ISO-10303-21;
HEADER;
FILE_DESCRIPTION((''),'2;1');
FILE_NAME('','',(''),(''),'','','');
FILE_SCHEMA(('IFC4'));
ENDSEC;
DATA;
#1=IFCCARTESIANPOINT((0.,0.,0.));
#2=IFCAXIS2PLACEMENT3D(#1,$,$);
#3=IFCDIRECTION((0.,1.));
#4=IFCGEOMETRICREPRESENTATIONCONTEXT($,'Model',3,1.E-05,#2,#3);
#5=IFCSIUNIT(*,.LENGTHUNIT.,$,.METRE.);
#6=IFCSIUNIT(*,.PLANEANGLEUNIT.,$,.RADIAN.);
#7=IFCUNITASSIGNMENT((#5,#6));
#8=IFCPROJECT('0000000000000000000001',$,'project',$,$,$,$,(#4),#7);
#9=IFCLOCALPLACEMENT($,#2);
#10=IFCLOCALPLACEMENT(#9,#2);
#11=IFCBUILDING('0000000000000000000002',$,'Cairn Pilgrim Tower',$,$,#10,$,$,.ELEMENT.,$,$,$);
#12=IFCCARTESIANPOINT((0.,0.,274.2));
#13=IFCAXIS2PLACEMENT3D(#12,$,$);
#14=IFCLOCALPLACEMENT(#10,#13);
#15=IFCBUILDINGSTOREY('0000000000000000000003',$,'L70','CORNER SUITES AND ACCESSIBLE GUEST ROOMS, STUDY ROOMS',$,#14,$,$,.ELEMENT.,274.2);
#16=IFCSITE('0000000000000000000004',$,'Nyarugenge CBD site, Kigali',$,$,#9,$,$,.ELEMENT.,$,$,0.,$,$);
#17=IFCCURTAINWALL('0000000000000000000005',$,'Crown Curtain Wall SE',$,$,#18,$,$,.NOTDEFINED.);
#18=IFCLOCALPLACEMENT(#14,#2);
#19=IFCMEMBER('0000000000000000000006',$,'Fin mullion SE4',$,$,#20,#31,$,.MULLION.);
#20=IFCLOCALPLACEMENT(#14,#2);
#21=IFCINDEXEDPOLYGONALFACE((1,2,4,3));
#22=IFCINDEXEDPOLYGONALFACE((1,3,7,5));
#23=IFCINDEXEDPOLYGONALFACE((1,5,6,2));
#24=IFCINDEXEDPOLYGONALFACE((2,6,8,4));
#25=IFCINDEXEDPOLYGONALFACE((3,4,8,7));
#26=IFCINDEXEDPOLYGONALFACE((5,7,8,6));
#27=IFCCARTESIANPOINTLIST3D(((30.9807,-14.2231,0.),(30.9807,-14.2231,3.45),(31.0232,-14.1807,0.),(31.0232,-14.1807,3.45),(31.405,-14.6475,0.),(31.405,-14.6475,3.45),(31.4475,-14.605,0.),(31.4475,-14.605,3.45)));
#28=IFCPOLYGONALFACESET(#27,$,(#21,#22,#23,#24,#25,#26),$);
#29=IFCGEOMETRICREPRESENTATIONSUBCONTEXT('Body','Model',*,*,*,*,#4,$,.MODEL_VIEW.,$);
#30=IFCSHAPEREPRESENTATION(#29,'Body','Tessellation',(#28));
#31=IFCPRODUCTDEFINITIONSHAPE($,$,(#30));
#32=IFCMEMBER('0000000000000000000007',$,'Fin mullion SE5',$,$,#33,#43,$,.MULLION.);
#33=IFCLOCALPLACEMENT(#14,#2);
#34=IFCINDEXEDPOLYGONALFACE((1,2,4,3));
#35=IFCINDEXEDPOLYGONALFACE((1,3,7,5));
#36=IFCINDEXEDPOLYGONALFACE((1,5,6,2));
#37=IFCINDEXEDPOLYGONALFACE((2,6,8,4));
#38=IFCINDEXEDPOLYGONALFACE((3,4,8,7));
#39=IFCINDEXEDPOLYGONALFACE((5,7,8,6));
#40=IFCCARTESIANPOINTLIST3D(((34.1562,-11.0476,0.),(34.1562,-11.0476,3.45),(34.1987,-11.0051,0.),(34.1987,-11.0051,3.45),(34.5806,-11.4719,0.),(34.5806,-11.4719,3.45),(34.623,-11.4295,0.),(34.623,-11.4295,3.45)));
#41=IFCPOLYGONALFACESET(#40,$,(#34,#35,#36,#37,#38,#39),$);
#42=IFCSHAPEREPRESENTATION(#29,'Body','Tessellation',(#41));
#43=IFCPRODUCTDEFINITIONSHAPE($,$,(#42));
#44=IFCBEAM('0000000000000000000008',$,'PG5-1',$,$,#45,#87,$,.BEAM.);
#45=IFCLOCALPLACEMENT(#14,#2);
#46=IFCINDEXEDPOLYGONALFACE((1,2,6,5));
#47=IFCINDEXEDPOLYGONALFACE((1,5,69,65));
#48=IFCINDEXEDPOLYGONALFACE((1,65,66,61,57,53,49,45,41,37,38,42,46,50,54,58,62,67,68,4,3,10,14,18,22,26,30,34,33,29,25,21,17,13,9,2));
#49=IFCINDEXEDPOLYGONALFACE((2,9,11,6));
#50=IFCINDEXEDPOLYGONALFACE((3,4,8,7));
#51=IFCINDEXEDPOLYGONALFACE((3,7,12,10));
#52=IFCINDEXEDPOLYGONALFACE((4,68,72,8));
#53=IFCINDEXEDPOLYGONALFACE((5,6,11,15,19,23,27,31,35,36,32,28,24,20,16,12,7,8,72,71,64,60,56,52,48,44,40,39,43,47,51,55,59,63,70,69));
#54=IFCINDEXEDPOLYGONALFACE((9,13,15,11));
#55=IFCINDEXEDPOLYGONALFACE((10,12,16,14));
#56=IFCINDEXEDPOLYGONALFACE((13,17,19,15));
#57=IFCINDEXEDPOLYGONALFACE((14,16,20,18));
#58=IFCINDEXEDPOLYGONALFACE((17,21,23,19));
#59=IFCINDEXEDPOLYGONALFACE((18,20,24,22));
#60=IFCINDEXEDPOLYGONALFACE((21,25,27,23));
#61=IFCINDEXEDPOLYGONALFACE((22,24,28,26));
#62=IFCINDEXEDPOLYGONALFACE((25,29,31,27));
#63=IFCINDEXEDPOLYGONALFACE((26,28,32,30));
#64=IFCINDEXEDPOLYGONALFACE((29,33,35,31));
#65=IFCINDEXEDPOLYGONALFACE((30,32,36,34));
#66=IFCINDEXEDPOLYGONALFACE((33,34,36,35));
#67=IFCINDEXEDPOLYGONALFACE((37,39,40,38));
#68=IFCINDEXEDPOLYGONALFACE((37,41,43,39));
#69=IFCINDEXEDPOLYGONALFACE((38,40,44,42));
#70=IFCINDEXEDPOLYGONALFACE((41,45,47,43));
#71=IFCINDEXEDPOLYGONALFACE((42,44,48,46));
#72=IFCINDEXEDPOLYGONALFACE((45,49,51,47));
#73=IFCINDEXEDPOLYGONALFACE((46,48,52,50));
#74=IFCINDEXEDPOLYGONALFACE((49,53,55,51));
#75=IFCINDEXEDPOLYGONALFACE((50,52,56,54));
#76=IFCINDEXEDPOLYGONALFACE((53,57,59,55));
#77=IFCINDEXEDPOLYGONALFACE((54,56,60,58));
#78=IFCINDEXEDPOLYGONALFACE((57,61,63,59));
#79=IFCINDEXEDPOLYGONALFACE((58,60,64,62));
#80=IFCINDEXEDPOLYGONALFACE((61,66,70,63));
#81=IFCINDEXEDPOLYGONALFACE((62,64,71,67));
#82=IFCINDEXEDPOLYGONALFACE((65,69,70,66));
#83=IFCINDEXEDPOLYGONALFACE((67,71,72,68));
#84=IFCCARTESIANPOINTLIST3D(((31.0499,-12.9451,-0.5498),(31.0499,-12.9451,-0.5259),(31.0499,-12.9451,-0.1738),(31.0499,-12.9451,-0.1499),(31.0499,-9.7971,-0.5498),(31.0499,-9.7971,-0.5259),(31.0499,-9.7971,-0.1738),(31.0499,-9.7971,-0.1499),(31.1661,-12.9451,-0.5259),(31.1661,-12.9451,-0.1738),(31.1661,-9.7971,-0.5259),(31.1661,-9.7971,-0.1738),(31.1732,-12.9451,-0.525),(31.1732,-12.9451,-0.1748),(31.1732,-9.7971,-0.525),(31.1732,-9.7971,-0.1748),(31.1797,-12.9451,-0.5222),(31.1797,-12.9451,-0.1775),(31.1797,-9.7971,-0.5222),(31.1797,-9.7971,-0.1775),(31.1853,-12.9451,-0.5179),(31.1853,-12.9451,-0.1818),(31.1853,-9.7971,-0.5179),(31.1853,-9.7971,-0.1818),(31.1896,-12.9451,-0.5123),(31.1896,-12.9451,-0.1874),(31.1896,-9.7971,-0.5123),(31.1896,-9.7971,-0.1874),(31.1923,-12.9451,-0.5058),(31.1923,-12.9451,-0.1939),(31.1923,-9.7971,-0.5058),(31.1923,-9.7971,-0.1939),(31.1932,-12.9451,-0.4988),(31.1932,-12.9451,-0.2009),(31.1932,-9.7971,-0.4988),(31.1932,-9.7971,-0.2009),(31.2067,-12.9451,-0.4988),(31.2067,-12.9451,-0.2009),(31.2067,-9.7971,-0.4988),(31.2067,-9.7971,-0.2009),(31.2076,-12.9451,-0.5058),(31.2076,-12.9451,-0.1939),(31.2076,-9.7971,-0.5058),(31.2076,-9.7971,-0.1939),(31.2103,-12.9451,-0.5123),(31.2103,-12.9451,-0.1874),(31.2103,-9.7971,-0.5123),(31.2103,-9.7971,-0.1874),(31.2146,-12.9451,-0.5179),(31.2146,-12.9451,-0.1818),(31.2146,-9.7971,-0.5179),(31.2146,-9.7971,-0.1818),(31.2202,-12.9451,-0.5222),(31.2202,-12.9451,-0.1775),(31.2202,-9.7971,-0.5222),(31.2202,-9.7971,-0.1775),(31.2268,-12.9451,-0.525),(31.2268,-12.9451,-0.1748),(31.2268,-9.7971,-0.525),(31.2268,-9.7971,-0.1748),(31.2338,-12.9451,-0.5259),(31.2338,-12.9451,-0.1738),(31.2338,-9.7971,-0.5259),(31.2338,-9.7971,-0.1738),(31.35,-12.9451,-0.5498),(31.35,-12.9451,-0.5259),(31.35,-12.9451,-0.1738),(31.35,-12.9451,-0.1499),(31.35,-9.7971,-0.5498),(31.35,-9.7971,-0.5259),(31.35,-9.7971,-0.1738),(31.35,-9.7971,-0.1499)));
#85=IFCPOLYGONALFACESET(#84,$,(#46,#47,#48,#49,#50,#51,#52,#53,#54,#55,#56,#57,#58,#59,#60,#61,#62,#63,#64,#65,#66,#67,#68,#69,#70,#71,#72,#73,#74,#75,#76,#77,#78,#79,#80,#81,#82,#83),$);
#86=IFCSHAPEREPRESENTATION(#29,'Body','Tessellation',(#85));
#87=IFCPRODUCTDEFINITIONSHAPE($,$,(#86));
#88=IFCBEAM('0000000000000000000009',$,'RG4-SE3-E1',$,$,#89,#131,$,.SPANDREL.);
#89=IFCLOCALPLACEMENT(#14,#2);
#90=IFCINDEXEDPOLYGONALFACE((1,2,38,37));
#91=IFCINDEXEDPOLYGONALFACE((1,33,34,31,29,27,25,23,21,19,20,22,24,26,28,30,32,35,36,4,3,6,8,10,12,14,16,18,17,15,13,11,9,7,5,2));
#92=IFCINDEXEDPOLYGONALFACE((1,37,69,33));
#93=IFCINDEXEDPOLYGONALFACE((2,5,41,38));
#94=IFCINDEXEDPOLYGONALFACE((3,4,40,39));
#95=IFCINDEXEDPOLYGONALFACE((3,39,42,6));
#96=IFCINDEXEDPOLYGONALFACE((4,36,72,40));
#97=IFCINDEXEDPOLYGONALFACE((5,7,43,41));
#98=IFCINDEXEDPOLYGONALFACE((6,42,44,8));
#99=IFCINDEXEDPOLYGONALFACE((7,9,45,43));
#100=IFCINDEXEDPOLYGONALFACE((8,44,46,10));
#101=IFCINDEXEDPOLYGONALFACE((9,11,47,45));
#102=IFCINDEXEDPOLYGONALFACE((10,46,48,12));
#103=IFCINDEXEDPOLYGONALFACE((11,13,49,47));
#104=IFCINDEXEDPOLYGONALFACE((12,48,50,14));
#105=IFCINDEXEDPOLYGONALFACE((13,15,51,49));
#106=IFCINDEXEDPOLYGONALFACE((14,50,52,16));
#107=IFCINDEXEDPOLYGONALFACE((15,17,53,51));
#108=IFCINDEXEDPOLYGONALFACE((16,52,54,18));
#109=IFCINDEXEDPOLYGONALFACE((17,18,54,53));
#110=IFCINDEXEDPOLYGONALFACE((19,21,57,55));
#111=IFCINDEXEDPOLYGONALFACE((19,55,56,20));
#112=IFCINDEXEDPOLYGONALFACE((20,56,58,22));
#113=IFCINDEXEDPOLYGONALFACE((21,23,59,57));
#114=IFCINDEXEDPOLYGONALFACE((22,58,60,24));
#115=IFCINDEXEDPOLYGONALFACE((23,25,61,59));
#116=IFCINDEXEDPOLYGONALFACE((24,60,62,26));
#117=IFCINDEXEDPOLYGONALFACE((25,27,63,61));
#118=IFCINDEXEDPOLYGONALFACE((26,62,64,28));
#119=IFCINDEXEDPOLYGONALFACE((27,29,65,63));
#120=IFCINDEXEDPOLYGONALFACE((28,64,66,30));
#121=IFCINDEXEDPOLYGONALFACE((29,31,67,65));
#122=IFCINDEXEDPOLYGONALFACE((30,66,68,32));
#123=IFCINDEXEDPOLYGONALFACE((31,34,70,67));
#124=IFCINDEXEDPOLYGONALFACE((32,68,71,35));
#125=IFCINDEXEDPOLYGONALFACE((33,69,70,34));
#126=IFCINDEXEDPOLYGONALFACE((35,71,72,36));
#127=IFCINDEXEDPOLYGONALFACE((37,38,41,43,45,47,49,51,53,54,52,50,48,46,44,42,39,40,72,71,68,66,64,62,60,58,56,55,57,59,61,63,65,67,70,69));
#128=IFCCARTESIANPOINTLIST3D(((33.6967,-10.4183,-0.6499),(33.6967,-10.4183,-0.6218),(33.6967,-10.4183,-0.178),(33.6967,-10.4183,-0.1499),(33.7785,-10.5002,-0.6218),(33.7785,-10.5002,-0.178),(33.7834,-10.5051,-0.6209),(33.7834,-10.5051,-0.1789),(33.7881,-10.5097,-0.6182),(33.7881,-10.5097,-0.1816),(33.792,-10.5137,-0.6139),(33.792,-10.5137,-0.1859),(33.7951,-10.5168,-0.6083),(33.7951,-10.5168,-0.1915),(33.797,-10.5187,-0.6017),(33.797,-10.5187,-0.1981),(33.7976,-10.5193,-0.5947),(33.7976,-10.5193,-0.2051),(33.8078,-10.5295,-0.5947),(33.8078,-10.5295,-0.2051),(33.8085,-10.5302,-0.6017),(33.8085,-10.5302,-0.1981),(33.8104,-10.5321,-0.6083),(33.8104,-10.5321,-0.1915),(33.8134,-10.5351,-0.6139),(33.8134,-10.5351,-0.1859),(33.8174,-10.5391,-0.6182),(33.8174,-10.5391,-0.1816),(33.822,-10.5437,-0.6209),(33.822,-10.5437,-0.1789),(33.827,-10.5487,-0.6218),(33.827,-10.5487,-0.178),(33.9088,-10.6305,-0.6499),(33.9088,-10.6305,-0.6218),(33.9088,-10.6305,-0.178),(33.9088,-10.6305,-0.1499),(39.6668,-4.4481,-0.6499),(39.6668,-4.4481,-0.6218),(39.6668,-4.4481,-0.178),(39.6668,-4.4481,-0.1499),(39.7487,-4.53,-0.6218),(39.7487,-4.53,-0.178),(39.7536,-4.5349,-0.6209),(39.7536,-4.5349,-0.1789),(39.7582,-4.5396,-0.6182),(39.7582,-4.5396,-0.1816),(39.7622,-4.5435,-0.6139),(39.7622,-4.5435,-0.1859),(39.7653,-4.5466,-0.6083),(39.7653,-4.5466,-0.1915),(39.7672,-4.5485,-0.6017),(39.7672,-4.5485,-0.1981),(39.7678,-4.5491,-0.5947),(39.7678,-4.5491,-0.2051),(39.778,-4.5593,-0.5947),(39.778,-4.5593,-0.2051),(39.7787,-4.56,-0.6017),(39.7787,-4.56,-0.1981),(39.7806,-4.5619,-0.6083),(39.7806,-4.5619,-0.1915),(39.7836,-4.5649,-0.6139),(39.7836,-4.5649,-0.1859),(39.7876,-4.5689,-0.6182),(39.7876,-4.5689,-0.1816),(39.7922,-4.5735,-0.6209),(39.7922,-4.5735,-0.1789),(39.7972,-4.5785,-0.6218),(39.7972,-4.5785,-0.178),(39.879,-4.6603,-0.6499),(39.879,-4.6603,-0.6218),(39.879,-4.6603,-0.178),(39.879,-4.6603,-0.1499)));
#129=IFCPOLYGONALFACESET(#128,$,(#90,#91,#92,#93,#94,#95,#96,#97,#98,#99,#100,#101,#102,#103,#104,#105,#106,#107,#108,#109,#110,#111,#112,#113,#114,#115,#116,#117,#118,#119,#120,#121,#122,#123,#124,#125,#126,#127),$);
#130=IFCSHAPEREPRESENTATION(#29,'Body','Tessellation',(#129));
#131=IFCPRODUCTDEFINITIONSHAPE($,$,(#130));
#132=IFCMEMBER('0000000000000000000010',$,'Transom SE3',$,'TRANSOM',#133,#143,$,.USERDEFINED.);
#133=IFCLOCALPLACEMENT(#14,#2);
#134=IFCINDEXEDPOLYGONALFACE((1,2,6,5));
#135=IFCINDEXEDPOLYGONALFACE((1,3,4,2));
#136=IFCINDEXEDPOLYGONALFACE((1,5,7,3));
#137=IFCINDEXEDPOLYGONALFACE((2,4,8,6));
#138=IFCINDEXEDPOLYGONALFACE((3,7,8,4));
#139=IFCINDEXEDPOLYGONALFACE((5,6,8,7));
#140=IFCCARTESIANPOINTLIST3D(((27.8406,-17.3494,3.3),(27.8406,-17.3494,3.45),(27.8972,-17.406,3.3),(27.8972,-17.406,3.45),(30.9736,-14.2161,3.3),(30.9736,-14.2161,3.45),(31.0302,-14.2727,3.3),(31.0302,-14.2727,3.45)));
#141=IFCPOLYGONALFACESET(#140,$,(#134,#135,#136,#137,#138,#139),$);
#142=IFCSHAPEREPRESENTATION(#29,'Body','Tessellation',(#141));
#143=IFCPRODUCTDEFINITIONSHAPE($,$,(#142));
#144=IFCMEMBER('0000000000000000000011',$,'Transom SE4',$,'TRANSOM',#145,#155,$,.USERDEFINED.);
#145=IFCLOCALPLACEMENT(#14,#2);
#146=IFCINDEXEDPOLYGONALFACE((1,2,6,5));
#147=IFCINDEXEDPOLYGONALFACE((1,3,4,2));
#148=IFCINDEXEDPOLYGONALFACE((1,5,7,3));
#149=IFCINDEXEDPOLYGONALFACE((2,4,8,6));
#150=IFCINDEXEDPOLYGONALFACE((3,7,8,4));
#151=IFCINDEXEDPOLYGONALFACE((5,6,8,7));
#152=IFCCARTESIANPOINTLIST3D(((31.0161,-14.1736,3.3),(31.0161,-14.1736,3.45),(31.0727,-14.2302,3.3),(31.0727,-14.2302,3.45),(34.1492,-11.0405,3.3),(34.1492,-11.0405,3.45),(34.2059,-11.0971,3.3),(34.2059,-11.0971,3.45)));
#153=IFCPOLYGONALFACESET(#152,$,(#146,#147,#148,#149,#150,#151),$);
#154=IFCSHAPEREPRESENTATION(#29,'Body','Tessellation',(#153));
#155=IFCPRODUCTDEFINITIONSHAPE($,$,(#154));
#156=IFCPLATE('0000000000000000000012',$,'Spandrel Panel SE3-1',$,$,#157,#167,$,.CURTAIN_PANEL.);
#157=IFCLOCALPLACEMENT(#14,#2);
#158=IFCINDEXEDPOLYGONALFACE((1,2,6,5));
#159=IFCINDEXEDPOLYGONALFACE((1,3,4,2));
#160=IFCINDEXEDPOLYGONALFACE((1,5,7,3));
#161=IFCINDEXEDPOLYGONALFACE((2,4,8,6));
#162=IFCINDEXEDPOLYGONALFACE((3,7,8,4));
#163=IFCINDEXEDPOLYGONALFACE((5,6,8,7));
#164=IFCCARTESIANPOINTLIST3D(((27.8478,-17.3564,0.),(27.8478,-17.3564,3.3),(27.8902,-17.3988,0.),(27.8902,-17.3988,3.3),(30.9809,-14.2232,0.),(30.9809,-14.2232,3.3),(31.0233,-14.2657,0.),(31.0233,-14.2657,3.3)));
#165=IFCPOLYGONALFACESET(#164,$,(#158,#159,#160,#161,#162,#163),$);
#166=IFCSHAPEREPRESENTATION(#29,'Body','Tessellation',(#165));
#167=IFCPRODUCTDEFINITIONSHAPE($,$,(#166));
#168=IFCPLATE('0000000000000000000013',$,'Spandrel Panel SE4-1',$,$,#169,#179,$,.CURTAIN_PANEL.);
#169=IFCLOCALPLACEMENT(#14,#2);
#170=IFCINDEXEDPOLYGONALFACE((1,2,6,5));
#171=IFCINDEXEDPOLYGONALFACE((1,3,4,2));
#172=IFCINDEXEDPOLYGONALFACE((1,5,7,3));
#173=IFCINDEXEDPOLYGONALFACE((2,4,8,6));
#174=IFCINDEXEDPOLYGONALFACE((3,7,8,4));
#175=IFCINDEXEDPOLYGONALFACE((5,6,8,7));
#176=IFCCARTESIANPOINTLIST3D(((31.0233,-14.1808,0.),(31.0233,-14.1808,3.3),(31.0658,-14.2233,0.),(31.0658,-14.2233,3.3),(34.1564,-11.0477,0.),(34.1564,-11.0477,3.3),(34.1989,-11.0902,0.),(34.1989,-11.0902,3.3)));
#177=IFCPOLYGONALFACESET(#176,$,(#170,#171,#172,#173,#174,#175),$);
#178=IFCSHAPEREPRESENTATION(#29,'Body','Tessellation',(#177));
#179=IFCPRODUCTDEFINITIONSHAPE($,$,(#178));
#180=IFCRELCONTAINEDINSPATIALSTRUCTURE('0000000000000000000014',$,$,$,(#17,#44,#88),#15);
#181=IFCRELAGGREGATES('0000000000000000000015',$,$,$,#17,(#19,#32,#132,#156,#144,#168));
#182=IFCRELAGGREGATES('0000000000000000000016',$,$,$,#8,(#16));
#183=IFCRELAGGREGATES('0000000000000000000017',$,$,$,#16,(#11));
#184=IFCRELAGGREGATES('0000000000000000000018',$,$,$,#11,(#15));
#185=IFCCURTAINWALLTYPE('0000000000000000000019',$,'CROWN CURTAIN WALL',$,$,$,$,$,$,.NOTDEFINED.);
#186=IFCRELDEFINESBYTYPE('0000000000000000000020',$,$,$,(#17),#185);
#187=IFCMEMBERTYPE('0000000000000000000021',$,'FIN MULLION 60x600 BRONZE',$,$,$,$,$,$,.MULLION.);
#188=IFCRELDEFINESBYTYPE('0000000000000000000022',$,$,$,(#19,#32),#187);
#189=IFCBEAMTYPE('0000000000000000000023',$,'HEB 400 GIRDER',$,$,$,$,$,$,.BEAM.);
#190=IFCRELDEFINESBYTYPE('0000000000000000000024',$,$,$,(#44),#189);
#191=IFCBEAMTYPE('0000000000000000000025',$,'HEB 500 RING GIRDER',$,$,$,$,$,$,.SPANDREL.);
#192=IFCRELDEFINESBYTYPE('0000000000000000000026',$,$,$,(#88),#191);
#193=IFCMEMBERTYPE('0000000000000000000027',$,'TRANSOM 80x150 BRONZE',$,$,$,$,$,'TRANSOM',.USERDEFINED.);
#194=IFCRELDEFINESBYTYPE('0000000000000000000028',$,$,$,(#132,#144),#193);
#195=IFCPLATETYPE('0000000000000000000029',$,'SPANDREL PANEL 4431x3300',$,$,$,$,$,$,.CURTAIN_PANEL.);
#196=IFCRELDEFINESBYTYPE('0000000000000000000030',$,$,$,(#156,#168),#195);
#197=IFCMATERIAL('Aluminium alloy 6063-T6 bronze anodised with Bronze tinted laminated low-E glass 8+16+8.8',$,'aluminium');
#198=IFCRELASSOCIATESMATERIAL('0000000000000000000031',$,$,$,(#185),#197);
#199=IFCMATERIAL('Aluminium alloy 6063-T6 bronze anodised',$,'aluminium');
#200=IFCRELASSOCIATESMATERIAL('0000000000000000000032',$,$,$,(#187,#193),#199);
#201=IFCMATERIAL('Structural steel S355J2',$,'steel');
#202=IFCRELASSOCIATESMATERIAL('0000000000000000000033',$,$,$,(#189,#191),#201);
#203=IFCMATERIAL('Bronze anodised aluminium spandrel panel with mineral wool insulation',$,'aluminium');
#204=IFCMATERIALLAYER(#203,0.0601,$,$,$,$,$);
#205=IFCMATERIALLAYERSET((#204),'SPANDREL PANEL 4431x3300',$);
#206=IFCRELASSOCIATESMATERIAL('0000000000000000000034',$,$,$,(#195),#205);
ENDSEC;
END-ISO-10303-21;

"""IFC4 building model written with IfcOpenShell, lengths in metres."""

from ifc_helpers import new_model, si_unit, direction, frame, origin, origin_2d, place, context, subcontext, project, spatial, rectangle, i_section, extrude, material, layer, layer_set, material_profile, profile_set, type_object, element, aggregate, save


model = new_model("IFC4")

# Units and contexts
model_context = context("Model", 3, precision=1e-05, world=origin(), true_north=direction((0.0, 1.0)))
body_context = subcontext(model_context, "Body", "Model", "MODEL_VIEW")
ifc_project = project(units=[si_unit("LENGTHUNIT", "METRE"), si_unit("PLANEANGLEUNIT", "RADIAN")], contexts=[model_context])

# Site, building, storey
site_placement = place(None, origin())
site = spatial("IfcSite", under=ifc_project, at=site_placement, Name="Nyarugenge CBD site, Kigali", CompositionType="ELEMENT", RefElevation=0.0)
building_placement = place(site_placement, origin())
building = spatial("IfcBuilding", under=site, at=building_placement, Name="Cairn Pilgrim Tower", CompositionType="ELEMENT")
storey_placement = place(building_placement, frame((0.0, 0.0, 274.2)))
storey = spatial("IfcBuildingStorey", under=building, at=storey_placement, Name="L70", Description="CORNER SUITES AND ACCESSIBLE GUEST ROOMS, STUDY ROOMS", CompositionType="ELEMENT", Elevation=274.2)

# Shared definitions
ifc_material_1 = material(Name="Structural steel S355J2", Category="steel")

# Curtain wall, members
ifc_material_2 = material(Name="Aluminium alloy 6063-T6 bronze anodised with Bronze tinted laminated low-E glass 8+16+8.8", Category="aluminium")
curtain_wall_type = type_object("IfcCurtainWallType", Name="CROWN CURTAIN WALL", PredefinedType="NOTDEFINED", material=ifc_material_2)
curtain_wall_placement = place(storey_placement, origin())
curtain_wall = element("IfcCurtainWall", 1, at=curtain_wall_placement, inside=storey, type_object=curtain_wall_type, Name="Crown Curtain Wall SE", PredefinedType="NOTDEFINED")
ifc_material_3 = material(Name="Aluminium alloy 6063-T6 bronze anodised", Category="aluminium")
ifc_material_profile_1 = material_profile(ifc_material_3, rectangle(XDim=0.6001, YDim=0.0601, at=origin_2d()), Name="FIN MULLION 60x600 BRONZE")
ifc_profile_set_1 = profile_set([ifc_material_profile_1], Name="Aluminium alloy 6063-T6 bronze anodised")
member_type_1 = type_object("IfcMemberType", Name="FIN MULLION 60x600 BRONZE", PredefinedType="MULLION", material=ifc_profile_set_1)
member_1_placement = place(storey_placement, frame((31.2141, -14.4141, 0.0), z_axis=(0.0, 0.0, 1.0), x_axis=(0.707107, -0.707107, 0.0)))
member_1 = element("IfcMember", 2, at=member_1_placement, type_object=member_type_1, Name="Fin mullion SE4", PredefinedType="MULLION", context=body_context, shape_type="SweptSolid", body=[
    extrude(rectangle(XDim=0.6001, YDim=0.0601, at=origin_2d()), origin(), (0.0, 0.0, 1.0), 3.45),
])
member_2_placement = place(storey_placement, frame((34.3896, -11.2385, 0.0), z_axis=(0.0, 0.0, 1.0), x_axis=(0.707107, -0.707107, 0.0)))
member_2 = element("IfcMember", 3, at=member_2_placement, type_object=member_type_1, Name="Fin mullion SE5", PredefinedType="MULLION", context=body_context, shape_type="SweptSolid", body=[
    extrude(rectangle(XDim=0.6001, YDim=0.0601, at=origin_2d()), origin(), (0.0, 0.0, 1.0), 3.45),
])

# Beams
ifc_material_profile_2 = material_profile(ifc_material_1, i_section(OverallWidth=0.3, OverallDepth=0.3999, WebThickness=0.0134, FlangeThickness=0.0239, FilletRadius=0.0271, at=origin_2d()), Name="HEB 400")
ifc_profile_set_2 = profile_set([ifc_material_profile_2], Name="Structural steel S355J2")
beam_type_1 = type_object("IfcBeamType", Name="HEB 400 GIRDER", PredefinedType="BEAM", material=ifc_profile_set_2)
beam_1_placement = place(storey_placement, frame((31.2, -12.9451, -0.3499), z_axis=(0.0, 1.0, 0.0), x_axis=(-1.0, 0.0, 0.0)))
element("IfcBeam", 4, at=beam_1_placement, inside=storey, type_object=beam_type_1, Name="PG5-1", PredefinedType="BEAM", context=body_context, shape_type="SweptSolid", body=[
    extrude(i_section(OverallWidth=0.3, OverallDepth=0.3999, WebThickness=0.0134, FlangeThickness=0.0239, FilletRadius=0.0271, at=origin_2d()), origin(), (0.0, 0.0, 1.0), 3.1479),
])
ifc_material_profile_3 = material_profile(ifc_material_1, i_section(OverallWidth=0.3, OverallDepth=0.5, WebThickness=0.0144, FlangeThickness=0.0281, FilletRadius=0.0271, at=origin_2d()), Name="HEB 500")
ifc_profile_set_3 = profile_set([ifc_material_profile_3], Name="Structural steel S355J2")
beam_type_2 = type_object("IfcBeamType", Name="HEB 500 RING GIRDER", PredefinedType="SPANDREL", material=ifc_profile_set_3)
beam_2_placement = place(storey_placement, frame((33.8027, -10.5244, -0.3999), z_axis=(0.707107, 0.707107, 0.0), x_axis=(-0.707107, 0.707107, 0.0)))
element("IfcBeam", 5, at=beam_2_placement, inside=storey, type_object=beam_type_2, Name="RG4-SE3-E1", PredefinedType="SPANDREL", context=body_context, shape_type="SweptSolid", body=[
    extrude(i_section(OverallWidth=0.3, OverallDepth=0.5, WebThickness=0.0144, FlangeThickness=0.0281, FilletRadius=0.0271, at=origin_2d()), origin(), (0.0, 0.0, 1.0), 8.4431),
])

# Members
ifc_material_profile_4 = material_profile(ifc_material_3, rectangle(XDim=0.0801, YDim=0.1499, at=origin_2d()), Name="TRANSOM 80x150 BRONZE")
ifc_profile_set_4 = profile_set([ifc_material_profile_4], Name="Aluminium alloy 6063-T6 bronze anodised")
member_type_2 = type_object("IfcMemberType", Name="TRANSOM 80x150 BRONZE", ElementType="TRANSOM", PredefinedType="USERDEFINED", material=ifc_profile_set_4)
member_3_placement = place(storey_placement, frame((27.8689, -17.3777, 3.375), z_axis=(0.707079, 0.707134, 0.0), x_axis=(-0.707134, 0.707079, 0.0)))
member_3 = element("IfcMember", 6, at=member_3_placement, type_object=member_type_2, Name="Transom SE3", ObjectType="TRANSOM", PredefinedType="USERDEFINED", context=body_context, shape_type="SweptSolid", body=[
    extrude(rectangle(XDim=0.0801, YDim=0.1499, at=origin_2d()), origin(), (0.0, 0.0, 1.0), 4.4309),
])
member_4_placement = place(storey_placement, frame((31.0444, -14.2019, 3.375), z_axis=(0.707107, 0.707107, 0.0), x_axis=(-0.707107, 0.707107, 0.0)))
member_4 = element("IfcMember", 7, at=member_4_placement, type_object=member_type_2, Name="Transom SE4", ObjectType="TRANSOM", PredefinedType="USERDEFINED", context=body_context, shape_type="SweptSolid", body=[
    extrude(rectangle(XDim=0.0801, YDim=0.1499, at=origin_2d()), origin(), (0.0, 0.0, 1.0), 4.4309),
])

# Plates
ifc_material_4 = material(Name="Bronze anodised aluminium spandrel panel with mineral wool insulation", Category="aluminium")
ifc_layer_1 = layer(ifc_material_4, 0.0601)
ifc_layer_set_1 = layer_set([ifc_layer_1], Name="SPANDREL PANEL 4431x3300")
plate_type = type_object("IfcPlateType", Name="SPANDREL PANEL 4431x3300", PredefinedType="CURTAIN_PANEL", material=ifc_layer_set_1)
plate_1_placement = place(storey_placement, frame((29.4355, -15.811, 0.0), z_axis=(0.0, 0.0, 1.0), x_axis=(0.707107, 0.707107, 0.0)))
plate_1 = element("IfcPlate", 8, at=plate_1_placement, type_object=plate_type, Name="Spandrel Panel SE3-1", PredefinedType="CURTAIN_PANEL", context=body_context, shape_type="SweptSolid", body=[
    extrude(rectangle(XDim=4.4309, YDim=0.0601, at=origin_2d()), origin(), (0.0, 0.0, 1.0), 3.3),
])
plate_2_placement = place(storey_placement, frame((32.6111, -12.6355, 0.0), z_axis=(0.0, 0.0, 1.0), x_axis=(0.707107, 0.707107, 0.0)))
plate_2 = element("IfcPlate", 9, at=plate_2_placement, type_object=plate_type, Name="Spandrel Panel SE4-1", PredefinedType="CURTAIN_PANEL", context=body_context, shape_type="SweptSolid", body=[
    extrude(rectangle(XDim=4.4309, YDim=0.0601, at=origin_2d()), origin(), (0.0, 0.0, 1.0), 3.3),
])
aggregate(curtain_wall, [member_1, member_2, member_3, plate_1, member_4, plate_2])

save(model, "model.ifc")
